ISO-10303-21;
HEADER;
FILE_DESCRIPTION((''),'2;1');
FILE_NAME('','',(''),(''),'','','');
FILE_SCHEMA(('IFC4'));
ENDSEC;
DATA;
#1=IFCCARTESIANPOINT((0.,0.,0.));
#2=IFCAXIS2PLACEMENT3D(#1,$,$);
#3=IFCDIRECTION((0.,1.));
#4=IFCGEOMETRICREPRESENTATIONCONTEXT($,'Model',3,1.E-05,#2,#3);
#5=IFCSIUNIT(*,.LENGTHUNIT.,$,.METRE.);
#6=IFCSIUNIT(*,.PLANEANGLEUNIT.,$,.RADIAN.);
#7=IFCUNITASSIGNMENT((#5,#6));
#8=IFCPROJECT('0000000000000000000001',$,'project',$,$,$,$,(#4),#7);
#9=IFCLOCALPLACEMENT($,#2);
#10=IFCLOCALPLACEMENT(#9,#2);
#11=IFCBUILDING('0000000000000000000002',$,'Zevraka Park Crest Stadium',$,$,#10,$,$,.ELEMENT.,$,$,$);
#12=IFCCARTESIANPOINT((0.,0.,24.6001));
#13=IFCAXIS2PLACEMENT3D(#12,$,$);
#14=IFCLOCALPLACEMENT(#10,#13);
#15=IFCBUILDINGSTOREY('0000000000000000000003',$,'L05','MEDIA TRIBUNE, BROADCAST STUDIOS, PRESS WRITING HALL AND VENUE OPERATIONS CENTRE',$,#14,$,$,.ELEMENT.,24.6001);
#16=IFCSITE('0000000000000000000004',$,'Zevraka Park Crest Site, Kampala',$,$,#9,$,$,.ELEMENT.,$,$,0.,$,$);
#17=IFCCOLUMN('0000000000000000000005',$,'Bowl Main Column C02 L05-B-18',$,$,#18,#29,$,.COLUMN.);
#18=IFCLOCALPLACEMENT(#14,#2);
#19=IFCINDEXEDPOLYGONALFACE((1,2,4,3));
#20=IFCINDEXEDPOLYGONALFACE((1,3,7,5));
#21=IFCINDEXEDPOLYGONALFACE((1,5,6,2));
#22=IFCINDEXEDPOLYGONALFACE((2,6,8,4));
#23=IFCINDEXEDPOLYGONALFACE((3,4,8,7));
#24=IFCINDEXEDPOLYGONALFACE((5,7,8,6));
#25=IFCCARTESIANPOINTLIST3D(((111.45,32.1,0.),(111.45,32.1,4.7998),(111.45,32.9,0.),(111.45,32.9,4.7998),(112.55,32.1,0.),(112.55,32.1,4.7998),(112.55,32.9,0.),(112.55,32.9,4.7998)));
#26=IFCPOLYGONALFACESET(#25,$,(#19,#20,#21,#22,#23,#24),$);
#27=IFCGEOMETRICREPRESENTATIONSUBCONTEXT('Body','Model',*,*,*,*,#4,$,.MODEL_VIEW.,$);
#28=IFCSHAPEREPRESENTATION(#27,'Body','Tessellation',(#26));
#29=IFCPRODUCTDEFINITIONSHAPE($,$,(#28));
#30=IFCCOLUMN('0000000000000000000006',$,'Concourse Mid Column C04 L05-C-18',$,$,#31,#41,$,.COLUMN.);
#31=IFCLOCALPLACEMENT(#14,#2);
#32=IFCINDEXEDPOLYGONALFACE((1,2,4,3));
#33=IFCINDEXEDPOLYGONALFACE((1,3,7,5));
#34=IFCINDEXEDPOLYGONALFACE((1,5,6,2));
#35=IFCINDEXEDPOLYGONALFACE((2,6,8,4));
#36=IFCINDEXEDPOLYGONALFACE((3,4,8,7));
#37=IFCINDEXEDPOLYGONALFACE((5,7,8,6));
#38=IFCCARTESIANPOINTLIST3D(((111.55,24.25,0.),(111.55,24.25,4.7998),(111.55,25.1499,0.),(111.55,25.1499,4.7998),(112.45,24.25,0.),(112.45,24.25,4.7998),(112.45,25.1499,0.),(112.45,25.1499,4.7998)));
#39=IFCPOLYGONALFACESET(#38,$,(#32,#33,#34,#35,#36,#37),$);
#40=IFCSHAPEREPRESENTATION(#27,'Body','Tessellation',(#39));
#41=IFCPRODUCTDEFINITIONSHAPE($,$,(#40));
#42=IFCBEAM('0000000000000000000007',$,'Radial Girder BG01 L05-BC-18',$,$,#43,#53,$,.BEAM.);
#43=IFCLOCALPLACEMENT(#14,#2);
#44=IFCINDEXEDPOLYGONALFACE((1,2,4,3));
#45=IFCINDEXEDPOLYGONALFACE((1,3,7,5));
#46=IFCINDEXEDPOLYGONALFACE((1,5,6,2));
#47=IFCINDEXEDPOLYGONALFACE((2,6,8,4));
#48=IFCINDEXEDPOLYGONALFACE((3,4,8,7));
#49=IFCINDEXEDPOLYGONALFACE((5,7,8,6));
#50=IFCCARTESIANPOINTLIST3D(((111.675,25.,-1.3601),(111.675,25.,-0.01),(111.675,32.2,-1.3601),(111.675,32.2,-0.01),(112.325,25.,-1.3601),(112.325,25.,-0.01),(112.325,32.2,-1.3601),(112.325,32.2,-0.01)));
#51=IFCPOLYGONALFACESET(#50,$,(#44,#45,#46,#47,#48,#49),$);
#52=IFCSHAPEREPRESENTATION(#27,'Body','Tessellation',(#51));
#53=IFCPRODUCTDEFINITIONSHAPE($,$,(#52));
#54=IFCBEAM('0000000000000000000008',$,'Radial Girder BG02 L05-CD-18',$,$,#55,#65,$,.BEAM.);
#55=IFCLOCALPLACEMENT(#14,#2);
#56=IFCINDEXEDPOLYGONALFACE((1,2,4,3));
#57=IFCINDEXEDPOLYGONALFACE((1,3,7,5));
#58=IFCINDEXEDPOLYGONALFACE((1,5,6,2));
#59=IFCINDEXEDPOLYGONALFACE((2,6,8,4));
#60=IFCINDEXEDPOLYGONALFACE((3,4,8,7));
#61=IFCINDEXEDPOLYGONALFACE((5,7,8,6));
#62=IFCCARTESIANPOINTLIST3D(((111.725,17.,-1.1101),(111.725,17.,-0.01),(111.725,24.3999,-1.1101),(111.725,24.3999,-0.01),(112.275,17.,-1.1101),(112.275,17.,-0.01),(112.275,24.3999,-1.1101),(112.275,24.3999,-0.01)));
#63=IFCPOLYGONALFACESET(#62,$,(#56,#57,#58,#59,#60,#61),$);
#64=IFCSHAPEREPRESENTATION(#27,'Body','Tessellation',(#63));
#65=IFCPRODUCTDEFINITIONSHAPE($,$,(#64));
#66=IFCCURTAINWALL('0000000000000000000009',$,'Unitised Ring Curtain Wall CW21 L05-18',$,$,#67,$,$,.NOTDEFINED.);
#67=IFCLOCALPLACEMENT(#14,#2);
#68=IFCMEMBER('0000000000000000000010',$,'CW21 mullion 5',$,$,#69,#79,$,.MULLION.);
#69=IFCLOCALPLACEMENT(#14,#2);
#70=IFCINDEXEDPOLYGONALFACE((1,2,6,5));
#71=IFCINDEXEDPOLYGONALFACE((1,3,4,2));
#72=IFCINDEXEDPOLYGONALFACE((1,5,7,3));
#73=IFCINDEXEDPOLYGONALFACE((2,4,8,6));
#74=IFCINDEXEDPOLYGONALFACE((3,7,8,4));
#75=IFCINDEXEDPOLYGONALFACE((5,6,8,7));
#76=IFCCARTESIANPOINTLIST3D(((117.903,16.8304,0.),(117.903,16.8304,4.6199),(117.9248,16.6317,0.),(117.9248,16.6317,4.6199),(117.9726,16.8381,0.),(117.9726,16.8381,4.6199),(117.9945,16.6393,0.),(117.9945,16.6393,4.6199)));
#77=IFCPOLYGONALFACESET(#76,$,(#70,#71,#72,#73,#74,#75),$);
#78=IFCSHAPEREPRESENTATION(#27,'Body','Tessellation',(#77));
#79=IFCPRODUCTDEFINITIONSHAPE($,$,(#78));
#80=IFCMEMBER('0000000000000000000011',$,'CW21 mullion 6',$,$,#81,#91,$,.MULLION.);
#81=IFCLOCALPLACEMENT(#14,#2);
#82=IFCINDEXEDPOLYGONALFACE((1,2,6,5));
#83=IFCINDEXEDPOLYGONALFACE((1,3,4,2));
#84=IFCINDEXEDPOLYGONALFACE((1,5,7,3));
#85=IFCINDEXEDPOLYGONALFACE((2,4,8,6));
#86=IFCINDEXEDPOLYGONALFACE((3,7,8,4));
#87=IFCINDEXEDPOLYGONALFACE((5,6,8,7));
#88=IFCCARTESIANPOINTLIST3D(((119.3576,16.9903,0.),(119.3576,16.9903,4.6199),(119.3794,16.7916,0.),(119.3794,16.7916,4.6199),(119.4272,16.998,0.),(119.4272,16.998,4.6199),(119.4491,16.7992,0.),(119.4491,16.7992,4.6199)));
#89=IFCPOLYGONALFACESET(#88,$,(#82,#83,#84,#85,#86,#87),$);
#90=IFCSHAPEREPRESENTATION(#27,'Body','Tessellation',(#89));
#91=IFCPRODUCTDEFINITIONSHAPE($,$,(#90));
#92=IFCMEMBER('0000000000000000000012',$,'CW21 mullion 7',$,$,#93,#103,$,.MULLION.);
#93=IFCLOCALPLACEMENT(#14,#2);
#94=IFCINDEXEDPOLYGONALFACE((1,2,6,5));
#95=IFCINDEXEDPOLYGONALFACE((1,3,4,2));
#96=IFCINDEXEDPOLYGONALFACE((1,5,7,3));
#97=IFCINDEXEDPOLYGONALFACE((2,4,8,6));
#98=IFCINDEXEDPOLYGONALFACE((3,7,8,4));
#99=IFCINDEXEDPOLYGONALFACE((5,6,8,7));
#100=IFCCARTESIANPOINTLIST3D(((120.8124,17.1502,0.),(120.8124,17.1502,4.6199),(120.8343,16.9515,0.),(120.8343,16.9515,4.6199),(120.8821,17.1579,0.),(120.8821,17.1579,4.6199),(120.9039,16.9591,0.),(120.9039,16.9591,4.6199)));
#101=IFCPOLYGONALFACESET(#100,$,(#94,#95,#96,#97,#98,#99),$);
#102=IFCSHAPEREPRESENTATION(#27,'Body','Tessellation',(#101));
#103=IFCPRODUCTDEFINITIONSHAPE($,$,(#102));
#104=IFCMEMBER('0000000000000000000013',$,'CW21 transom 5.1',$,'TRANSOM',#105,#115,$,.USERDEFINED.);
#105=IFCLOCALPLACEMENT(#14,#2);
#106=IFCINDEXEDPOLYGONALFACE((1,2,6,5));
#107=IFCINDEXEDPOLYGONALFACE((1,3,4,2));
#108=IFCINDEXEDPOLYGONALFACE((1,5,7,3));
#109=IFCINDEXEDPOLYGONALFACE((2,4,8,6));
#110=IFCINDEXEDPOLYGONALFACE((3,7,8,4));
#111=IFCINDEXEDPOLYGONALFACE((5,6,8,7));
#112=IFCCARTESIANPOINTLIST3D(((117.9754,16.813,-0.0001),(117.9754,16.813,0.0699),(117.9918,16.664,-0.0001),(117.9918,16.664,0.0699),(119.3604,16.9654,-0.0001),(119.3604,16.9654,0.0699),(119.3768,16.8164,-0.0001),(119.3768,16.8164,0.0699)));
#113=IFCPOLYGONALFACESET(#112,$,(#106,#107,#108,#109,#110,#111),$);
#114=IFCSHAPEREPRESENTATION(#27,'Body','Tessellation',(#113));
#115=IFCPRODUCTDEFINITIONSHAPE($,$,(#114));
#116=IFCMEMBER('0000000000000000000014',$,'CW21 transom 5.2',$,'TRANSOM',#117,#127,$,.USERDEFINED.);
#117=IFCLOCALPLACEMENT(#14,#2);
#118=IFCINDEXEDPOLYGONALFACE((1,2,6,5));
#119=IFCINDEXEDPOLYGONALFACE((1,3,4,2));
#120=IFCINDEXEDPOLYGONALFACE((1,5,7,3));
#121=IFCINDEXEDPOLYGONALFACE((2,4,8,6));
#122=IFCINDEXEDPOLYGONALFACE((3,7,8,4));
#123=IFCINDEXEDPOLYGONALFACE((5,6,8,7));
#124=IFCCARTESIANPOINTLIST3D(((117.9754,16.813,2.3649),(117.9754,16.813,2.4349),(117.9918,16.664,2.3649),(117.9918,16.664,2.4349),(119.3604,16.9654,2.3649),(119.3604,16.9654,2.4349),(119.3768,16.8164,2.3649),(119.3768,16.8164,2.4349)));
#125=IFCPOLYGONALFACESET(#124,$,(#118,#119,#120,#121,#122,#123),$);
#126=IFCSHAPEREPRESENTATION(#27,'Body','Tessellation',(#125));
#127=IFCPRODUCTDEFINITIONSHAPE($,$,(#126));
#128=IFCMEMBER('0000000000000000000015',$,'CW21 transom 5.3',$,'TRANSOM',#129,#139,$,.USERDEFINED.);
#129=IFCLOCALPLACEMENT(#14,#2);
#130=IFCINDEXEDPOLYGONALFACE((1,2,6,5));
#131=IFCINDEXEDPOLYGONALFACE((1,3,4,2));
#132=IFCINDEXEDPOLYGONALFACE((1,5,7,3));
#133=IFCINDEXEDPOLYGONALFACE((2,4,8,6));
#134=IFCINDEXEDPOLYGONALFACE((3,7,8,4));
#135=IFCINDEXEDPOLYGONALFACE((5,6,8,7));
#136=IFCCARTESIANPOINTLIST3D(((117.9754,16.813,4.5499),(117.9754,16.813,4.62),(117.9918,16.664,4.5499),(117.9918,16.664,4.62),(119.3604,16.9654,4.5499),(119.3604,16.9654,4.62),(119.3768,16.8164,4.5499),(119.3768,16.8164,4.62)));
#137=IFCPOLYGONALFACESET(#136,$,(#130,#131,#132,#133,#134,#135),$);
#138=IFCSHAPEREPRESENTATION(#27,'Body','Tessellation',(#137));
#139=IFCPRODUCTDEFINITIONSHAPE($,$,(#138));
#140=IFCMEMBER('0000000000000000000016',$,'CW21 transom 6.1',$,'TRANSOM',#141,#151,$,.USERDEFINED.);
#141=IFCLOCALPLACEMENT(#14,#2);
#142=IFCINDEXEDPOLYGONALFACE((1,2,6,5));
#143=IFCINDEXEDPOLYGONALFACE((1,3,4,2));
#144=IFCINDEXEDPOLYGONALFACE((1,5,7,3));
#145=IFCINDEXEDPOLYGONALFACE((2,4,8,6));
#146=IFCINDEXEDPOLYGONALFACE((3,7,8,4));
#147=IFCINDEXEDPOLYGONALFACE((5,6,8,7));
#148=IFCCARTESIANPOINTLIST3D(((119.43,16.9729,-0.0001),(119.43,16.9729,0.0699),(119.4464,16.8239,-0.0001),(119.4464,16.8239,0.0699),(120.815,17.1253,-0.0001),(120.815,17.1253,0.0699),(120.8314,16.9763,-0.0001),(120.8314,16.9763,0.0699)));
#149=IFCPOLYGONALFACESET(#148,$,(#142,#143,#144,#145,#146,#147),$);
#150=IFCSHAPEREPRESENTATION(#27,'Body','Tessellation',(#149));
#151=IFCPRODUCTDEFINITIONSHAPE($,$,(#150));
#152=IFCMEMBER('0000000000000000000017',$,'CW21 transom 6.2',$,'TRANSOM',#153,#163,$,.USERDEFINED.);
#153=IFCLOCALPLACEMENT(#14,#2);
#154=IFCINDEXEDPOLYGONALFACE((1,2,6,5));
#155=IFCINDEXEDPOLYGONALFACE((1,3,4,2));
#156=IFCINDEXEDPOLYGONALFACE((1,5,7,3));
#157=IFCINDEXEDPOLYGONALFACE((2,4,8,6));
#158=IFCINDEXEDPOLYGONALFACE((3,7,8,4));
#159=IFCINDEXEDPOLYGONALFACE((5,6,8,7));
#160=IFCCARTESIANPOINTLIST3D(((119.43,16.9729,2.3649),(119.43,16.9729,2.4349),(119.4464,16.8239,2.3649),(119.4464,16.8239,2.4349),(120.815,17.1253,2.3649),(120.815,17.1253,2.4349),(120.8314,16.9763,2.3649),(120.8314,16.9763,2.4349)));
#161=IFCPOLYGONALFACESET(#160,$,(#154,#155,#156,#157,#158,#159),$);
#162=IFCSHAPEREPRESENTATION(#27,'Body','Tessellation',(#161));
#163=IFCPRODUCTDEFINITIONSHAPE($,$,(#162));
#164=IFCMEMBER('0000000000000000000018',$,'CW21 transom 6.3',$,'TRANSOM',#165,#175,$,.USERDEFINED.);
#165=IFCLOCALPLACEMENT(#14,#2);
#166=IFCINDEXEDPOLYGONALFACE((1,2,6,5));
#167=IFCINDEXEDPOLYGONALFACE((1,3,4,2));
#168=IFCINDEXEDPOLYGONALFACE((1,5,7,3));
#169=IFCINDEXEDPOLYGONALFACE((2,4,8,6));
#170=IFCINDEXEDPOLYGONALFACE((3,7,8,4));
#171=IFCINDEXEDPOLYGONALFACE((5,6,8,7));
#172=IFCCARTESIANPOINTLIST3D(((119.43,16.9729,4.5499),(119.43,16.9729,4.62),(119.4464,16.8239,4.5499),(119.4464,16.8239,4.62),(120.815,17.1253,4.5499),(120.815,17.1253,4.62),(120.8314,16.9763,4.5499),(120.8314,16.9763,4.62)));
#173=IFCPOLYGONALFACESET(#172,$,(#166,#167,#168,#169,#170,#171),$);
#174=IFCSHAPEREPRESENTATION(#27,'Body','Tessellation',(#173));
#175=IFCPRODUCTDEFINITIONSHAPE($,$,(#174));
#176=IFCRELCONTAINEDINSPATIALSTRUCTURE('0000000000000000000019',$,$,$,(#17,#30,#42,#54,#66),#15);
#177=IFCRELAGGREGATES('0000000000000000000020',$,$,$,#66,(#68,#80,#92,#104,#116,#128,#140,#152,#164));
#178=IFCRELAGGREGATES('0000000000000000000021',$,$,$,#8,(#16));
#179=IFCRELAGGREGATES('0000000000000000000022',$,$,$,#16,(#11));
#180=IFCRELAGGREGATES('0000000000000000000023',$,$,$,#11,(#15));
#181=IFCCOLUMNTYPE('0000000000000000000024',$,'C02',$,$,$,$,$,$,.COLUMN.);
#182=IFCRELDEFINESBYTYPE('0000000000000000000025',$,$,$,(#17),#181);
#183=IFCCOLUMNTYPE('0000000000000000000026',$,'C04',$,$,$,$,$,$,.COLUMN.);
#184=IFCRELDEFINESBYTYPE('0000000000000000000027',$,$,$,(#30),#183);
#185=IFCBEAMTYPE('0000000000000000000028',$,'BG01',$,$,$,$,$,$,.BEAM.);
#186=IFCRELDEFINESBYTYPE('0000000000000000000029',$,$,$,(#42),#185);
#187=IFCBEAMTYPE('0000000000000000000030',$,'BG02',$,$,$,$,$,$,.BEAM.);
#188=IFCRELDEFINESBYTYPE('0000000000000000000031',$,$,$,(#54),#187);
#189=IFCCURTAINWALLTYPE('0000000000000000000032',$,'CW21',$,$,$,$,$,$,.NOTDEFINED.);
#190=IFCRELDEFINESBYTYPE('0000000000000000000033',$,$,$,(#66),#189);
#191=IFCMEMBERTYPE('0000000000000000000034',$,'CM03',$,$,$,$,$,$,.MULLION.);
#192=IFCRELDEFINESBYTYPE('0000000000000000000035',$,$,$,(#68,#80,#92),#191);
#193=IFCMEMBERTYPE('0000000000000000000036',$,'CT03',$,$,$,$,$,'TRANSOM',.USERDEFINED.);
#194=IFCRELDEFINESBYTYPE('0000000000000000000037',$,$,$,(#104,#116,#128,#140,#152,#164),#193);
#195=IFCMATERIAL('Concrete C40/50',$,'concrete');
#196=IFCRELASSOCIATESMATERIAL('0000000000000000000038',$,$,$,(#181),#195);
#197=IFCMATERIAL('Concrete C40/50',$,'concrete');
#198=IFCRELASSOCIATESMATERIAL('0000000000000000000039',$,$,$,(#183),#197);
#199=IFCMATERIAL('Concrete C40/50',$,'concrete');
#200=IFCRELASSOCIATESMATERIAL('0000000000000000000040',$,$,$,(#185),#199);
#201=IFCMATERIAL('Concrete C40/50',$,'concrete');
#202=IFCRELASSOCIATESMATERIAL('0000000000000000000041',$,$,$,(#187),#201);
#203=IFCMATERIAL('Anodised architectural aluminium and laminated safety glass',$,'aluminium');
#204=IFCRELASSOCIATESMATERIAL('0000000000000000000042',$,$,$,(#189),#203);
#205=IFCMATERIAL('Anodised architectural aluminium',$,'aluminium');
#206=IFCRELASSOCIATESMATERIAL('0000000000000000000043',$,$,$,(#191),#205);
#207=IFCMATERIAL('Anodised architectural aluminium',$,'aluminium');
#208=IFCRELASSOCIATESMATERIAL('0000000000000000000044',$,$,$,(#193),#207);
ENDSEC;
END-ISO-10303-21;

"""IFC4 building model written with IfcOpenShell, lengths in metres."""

from ifc_helpers import new_model, si_unit, direction, frame, origin, origin_2d, place, context, subcontext, project, spatial, rectangle, extrude, material, material_profile, profile_set, type_object, element, aggregate, save


model = new_model("IFC4")

# Units and contexts
model_context = context("Model", 3, precision=1e-05, world=origin(), true_north=direction((0.0, 1.0)))
body_context = subcontext(model_context, "Body", "Model", "MODEL_VIEW")
ifc_project = project(units=[si_unit("LENGTHUNIT", "METRE"), si_unit("PLANEANGLEUNIT", "RADIAN")], contexts=[model_context])

# Site, building, storey
site_placement = place(None, origin())
site = spatial("IfcSite", under=ifc_project, at=site_placement, Name="Zevraka Park Crest Site, Kampala", CompositionType="ELEMENT", RefElevation=0.0)
building_placement = place(site_placement, origin())
building = spatial("IfcBuilding", under=site, at=building_placement, Name="Zevraka Park Crest Stadium", CompositionType="ELEMENT")
storey_placement = place(building_placement, frame((0.0, 0.0, 24.6001)))
storey = spatial("IfcBuildingStorey", under=building, at=storey_placement, Name="L05", Description="MEDIA TRIBUNE, BROADCAST STUDIOS, PRESS WRITING HALL AND VENUE OPERATIONS CENTRE", CompositionType="ELEMENT", Elevation=24.6001)

# Columns
ifc_material_1 = material(Name="Concrete C40/50", Category="concrete")
ifc_material_profile_1 = material_profile(ifc_material_1, rectangle(XDim=0.8, YDim=1.1001, at=origin_2d()), Name="RC 1100x800")
ifc_profile_set_1 = profile_set([ifc_material_profile_1], Name="Concrete C40/50")
column_type_1 = type_object("IfcColumnType", Name="C02", PredefinedType="COLUMN", material=ifc_profile_set_1)
column_1_placement = place(storey_placement, frame((112.0, 32.5, 0.0), z_axis=(0.0, 0.0, 1.0), x_axis=(0.0, 1.0, 0.0)))
element("IfcColumn", 1, at=column_1_placement, inside=storey, type_object=column_type_1, Name="Bowl Main Column C02 L05-B-18", PredefinedType="COLUMN", context=body_context, shape_type="SweptSolid", body=[
    extrude(rectangle(XDim=0.8, YDim=1.1001, at=origin_2d()), origin(), (0.0, 0.0, 1.0), 4.7998),
])
ifc_material_2 = material(Name="Concrete C40/50", Category="concrete")
ifc_material_profile_2 = material_profile(ifc_material_2, rectangle(XDim=0.8999, YDim=0.8999, at=origin_2d()), Name="RC 900x900")
ifc_profile_set_2 = profile_set([ifc_material_profile_2], Name="Concrete C40/50")
column_type_2 = type_object("IfcColumnType", Name="C04", PredefinedType="COLUMN", material=ifc_profile_set_2)
column_2_placement = place(storey_placement, frame((112.0, 24.7, 0.0), z_axis=(0.0, 0.0, 1.0), x_axis=(0.0, 1.0, 0.0)))
element("IfcColumn", 2, at=column_2_placement, inside=storey, type_object=column_type_2, Name="Concourse Mid Column C04 L05-C-18", PredefinedType="COLUMN", context=body_context, shape_type="SweptSolid", body=[
    extrude(rectangle(XDim=0.8999, YDim=0.8999, at=origin_2d()), origin(), (0.0, 0.0, 1.0), 4.7998),
])

# Beams
ifc_material_3 = material(Name="Concrete C40/50", Category="concrete")
ifc_material_profile_3 = material_profile(ifc_material_3, rectangle(XDim=0.6499, YDim=1.3501, at=origin_2d()), Name="RC 1350x650")
ifc_profile_set_3 = profile_set([ifc_material_profile_3], Name="Concrete C40/50")
beam_type_1 = type_object("IfcBeamType", Name="BG01", PredefinedType="BEAM", material=ifc_profile_set_3)
beam_1_placement = place(storey_placement, frame((112.0, 32.2, -0.6851), z_axis=(0.0, -1.0, 0.0), x_axis=(1.0, 0.0, 0.0)))
element("IfcBeam", 3, at=beam_1_placement, inside=storey, type_object=beam_type_1, Name="Radial Girder BG01 L05-BC-18", PredefinedType="BEAM", context=body_context, shape_type="SweptSolid", body=[
    extrude(rectangle(XDim=0.6499, YDim=1.3501, at=origin_2d()), origin(), (0.0, 0.0, 1.0), 7.2),
])
ifc_material_4 = material(Name="Concrete C40/50", Category="concrete")
ifc_material_profile_4 = material_profile(ifc_material_4, rectangle(XDim=0.55, YDim=1.1001, at=origin_2d()), Name="RC 1100x550")
ifc_profile_set_4 = profile_set([ifc_material_profile_4], Name="Concrete C40/50")
beam_type_2 = type_object("IfcBeamType", Name="BG02", PredefinedType="BEAM", material=ifc_profile_set_4)
beam_2_placement = place(storey_placement, frame((112.0, 24.3999, -0.5601), z_axis=(0.0, -1.0, 0.0), x_axis=(1.0, 0.0, 0.0)))
element("IfcBeam", 4, at=beam_2_placement, inside=storey, type_object=beam_type_2, Name="Radial Girder BG02 L05-CD-18", PredefinedType="BEAM", context=body_context, shape_type="SweptSolid", body=[
    extrude(rectangle(XDim=0.55, YDim=1.1001, at=origin_2d()), origin(), (0.0, 0.0, 1.0), 7.3999),
])

# Curtain wall, members
ifc_material_5 = material(Name="Anodised architectural aluminium and laminated safety glass", Category="aluminium")
curtain_wall_type = type_object("IfcCurtainWallType", Name="CW21", PredefinedType="NOTDEFINED", material=ifc_material_5)
curtain_wall_placement = place(storey_placement, origin())
curtain_wall = element("IfcCurtainWall", 5, at=curtain_wall_placement, inside=storey, type_object=curtain_wall_type, Name="Unitised Ring Curtain Wall CW21 L05-18", PredefinedType="NOTDEFINED")
ifc_material_6 = material(Name="Anodised architectural aluminium", Category="aluminium")
ifc_material_profile_5 = material_profile(ifc_material_6, rectangle(XDim=0.2, YDim=0.0701, at=origin_2d()), Name="ALU MULLION 200x70")
ifc_profile_set_5 = profile_set([ifc_material_profile_5], Name="Anodised architectural aluminium")
member_type_1 = type_object("IfcMemberType", Name="CM03", PredefinedType="MULLION", material=ifc_profile_set_5)
member_1_placement = place(storey_placement, frame((117.9487, 16.7349, 0.0), z_axis=(0.0, 0.0, 1.0), x_axis=(-0.109288, 0.99401, 0.0)))
member_1 = element("IfcMember", 6, at=member_1_placement, type_object=member_type_1, Name="CW21 mullion 5", PredefinedType="MULLION", context=body_context, shape_type="SweptSolid", body=[
    extrude(rectangle(XDim=0.2, YDim=0.0701, at=origin_2d()), origin(), (0.0, 0.0, 1.0), 4.6199),
])
member_2_placement = place(storey_placement, frame((119.4033, 16.8948, 0.0), z_axis=(0.0, 0.0, 1.0), x_axis=(-0.109288, 0.99401, 0.0)))
member_2 = element("IfcMember", 7, at=member_2_placement, type_object=member_type_1, Name="CW21 mullion 6", PredefinedType="MULLION", context=body_context, shape_type="SweptSolid", body=[
    extrude(rectangle(XDim=0.2, YDim=0.0701, at=origin_2d()), origin(), (0.0, 0.0, 1.0), 4.6199),
])
member_3_placement = place(storey_placement, frame((120.8582, 17.0547, 0.0), z_axis=(0.0, 0.0, 1.0), x_axis=(-0.109288, 0.99401, 0.0)))
member_3 = element("IfcMember", 8, at=member_3_placement, type_object=member_type_1, Name="CW21 mullion 7", PredefinedType="MULLION", context=body_context, shape_type="SweptSolid", body=[
    extrude(rectangle(XDim=0.2, YDim=0.0701, at=origin_2d()), origin(), (0.0, 0.0, 1.0), 4.6199),
])
ifc_material_7 = material(Name="Anodised architectural aluminium", Category="aluminium")
ifc_material_profile_6 = material_profile(ifc_material_7, rectangle(XDim=0.1499, YDim=0.0701, at=origin_2d()), Name="ALU TRANSOM 150x70")
ifc_profile_set_6 = profile_set([ifc_material_profile_6], Name="Anodised architectural aluminium")
member_type_2 = type_object("IfcMemberType", Name="CT03", ElementType="TRANSOM", PredefinedType="USERDEFINED", material=ifc_profile_set_6)
member_4_placement = place(storey_placement, frame((117.9836, 16.7385, 0.0349), z_axis=(0.994005, 0.109335, 0.0), x_axis=(-0.109335, 0.994005, 0.0)))
member_4 = element("IfcMember", 9, at=member_4_placement, type_object=member_type_2, Name="CW21 transom 5.1", ObjectType="TRANSOM", PredefinedType="USERDEFINED", context=body_context, shape_type="SweptSolid", body=[
    extrude(rectangle(XDim=0.1499, YDim=0.0701, at=origin_2d()), origin(), (0.0, 0.0, 1.0), 1.3933),
])
member_5_placement = place(storey_placement, frame((117.9836, 16.7385, 2.3999), z_axis=(0.994005, 0.109335, 0.0), x_axis=(-0.109335, 0.994005, 0.0)))
member_5 = element("IfcMember", 10, at=member_5_placement, type_object=member_type_2, Name="CW21 transom 5.2", ObjectType="TRANSOM", PredefinedType="USERDEFINED", context=body_context, shape_type="SweptSolid", body=[
    extrude(rectangle(XDim=0.1499, YDim=0.0701, at=origin_2d()), origin(), (0.0, 0.0, 1.0), 1.3933),
])
member_6_placement = place(storey_placement, frame((117.9836, 16.7385, 4.585), z_axis=(0.994005, 0.109335, 0.0), x_axis=(-0.109335, 0.994005, 0.0)))
member_6 = element("IfcMember", 11, at=member_6_placement, type_object=member_type_2, Name="CW21 transom 5.3", ObjectType="TRANSOM", PredefinedType="USERDEFINED", context=body_context, shape_type="SweptSolid", body=[
    extrude(rectangle(XDim=0.1499, YDim=0.0701, at=origin_2d()), origin(), (0.0, 0.0, 1.0), 1.3933),
])
member_7_placement = place(storey_placement, frame((119.4382, 16.8984, 0.0349), z_axis=(0.994005, 0.109335, 0.0), x_axis=(-0.109335, 0.994005, 0.0)))
member_7 = element("IfcMember", 12, at=member_7_placement, type_object=member_type_2, Name="CW21 transom 6.1", ObjectType="TRANSOM", PredefinedType="USERDEFINED", context=body_context, shape_type="SweptSolid", body=[
    extrude(rectangle(XDim=0.1499, YDim=0.0701, at=origin_2d()), origin(), (0.0, 0.0, 1.0), 1.3933),
])
member_8_placement = place(storey_placement, frame((119.4382, 16.8984, 2.3999), z_axis=(0.994005, 0.109335, 0.0), x_axis=(-0.109335, 0.994005, 0.0)))
member_8 = element("IfcMember", 13, at=member_8_placement, type_object=member_type_2, Name="CW21 transom 6.2", ObjectType="TRANSOM", PredefinedType="USERDEFINED", context=body_context, shape_type="SweptSolid", body=[
    extrude(rectangle(XDim=0.1499, YDim=0.0701, at=origin_2d()), origin(), (0.0, 0.0, 1.0), 1.3933),
])
member_9_placement = place(storey_placement, frame((119.4382, 16.8984, 4.585), z_axis=(0.994005, 0.109335, 0.0), x_axis=(-0.109335, 0.994005, 0.0)))
member_9 = element("IfcMember", 14, at=member_9_placement, type_object=member_type_2, Name="CW21 transom 6.3", ObjectType="TRANSOM", PredefinedType="USERDEFINED", context=body_context, shape_type="SweptSolid", body=[
    extrude(rectangle(XDim=0.1499, YDim=0.0701, at=origin_2d()), origin(), (0.0, 0.0, 1.0), 1.3933),
])

aggregate(curtain_wall, [member_1, member_2, member_3, member_4, member_5, member_6, member_7, member_8, member_9])

save(model, "model.ifc")
